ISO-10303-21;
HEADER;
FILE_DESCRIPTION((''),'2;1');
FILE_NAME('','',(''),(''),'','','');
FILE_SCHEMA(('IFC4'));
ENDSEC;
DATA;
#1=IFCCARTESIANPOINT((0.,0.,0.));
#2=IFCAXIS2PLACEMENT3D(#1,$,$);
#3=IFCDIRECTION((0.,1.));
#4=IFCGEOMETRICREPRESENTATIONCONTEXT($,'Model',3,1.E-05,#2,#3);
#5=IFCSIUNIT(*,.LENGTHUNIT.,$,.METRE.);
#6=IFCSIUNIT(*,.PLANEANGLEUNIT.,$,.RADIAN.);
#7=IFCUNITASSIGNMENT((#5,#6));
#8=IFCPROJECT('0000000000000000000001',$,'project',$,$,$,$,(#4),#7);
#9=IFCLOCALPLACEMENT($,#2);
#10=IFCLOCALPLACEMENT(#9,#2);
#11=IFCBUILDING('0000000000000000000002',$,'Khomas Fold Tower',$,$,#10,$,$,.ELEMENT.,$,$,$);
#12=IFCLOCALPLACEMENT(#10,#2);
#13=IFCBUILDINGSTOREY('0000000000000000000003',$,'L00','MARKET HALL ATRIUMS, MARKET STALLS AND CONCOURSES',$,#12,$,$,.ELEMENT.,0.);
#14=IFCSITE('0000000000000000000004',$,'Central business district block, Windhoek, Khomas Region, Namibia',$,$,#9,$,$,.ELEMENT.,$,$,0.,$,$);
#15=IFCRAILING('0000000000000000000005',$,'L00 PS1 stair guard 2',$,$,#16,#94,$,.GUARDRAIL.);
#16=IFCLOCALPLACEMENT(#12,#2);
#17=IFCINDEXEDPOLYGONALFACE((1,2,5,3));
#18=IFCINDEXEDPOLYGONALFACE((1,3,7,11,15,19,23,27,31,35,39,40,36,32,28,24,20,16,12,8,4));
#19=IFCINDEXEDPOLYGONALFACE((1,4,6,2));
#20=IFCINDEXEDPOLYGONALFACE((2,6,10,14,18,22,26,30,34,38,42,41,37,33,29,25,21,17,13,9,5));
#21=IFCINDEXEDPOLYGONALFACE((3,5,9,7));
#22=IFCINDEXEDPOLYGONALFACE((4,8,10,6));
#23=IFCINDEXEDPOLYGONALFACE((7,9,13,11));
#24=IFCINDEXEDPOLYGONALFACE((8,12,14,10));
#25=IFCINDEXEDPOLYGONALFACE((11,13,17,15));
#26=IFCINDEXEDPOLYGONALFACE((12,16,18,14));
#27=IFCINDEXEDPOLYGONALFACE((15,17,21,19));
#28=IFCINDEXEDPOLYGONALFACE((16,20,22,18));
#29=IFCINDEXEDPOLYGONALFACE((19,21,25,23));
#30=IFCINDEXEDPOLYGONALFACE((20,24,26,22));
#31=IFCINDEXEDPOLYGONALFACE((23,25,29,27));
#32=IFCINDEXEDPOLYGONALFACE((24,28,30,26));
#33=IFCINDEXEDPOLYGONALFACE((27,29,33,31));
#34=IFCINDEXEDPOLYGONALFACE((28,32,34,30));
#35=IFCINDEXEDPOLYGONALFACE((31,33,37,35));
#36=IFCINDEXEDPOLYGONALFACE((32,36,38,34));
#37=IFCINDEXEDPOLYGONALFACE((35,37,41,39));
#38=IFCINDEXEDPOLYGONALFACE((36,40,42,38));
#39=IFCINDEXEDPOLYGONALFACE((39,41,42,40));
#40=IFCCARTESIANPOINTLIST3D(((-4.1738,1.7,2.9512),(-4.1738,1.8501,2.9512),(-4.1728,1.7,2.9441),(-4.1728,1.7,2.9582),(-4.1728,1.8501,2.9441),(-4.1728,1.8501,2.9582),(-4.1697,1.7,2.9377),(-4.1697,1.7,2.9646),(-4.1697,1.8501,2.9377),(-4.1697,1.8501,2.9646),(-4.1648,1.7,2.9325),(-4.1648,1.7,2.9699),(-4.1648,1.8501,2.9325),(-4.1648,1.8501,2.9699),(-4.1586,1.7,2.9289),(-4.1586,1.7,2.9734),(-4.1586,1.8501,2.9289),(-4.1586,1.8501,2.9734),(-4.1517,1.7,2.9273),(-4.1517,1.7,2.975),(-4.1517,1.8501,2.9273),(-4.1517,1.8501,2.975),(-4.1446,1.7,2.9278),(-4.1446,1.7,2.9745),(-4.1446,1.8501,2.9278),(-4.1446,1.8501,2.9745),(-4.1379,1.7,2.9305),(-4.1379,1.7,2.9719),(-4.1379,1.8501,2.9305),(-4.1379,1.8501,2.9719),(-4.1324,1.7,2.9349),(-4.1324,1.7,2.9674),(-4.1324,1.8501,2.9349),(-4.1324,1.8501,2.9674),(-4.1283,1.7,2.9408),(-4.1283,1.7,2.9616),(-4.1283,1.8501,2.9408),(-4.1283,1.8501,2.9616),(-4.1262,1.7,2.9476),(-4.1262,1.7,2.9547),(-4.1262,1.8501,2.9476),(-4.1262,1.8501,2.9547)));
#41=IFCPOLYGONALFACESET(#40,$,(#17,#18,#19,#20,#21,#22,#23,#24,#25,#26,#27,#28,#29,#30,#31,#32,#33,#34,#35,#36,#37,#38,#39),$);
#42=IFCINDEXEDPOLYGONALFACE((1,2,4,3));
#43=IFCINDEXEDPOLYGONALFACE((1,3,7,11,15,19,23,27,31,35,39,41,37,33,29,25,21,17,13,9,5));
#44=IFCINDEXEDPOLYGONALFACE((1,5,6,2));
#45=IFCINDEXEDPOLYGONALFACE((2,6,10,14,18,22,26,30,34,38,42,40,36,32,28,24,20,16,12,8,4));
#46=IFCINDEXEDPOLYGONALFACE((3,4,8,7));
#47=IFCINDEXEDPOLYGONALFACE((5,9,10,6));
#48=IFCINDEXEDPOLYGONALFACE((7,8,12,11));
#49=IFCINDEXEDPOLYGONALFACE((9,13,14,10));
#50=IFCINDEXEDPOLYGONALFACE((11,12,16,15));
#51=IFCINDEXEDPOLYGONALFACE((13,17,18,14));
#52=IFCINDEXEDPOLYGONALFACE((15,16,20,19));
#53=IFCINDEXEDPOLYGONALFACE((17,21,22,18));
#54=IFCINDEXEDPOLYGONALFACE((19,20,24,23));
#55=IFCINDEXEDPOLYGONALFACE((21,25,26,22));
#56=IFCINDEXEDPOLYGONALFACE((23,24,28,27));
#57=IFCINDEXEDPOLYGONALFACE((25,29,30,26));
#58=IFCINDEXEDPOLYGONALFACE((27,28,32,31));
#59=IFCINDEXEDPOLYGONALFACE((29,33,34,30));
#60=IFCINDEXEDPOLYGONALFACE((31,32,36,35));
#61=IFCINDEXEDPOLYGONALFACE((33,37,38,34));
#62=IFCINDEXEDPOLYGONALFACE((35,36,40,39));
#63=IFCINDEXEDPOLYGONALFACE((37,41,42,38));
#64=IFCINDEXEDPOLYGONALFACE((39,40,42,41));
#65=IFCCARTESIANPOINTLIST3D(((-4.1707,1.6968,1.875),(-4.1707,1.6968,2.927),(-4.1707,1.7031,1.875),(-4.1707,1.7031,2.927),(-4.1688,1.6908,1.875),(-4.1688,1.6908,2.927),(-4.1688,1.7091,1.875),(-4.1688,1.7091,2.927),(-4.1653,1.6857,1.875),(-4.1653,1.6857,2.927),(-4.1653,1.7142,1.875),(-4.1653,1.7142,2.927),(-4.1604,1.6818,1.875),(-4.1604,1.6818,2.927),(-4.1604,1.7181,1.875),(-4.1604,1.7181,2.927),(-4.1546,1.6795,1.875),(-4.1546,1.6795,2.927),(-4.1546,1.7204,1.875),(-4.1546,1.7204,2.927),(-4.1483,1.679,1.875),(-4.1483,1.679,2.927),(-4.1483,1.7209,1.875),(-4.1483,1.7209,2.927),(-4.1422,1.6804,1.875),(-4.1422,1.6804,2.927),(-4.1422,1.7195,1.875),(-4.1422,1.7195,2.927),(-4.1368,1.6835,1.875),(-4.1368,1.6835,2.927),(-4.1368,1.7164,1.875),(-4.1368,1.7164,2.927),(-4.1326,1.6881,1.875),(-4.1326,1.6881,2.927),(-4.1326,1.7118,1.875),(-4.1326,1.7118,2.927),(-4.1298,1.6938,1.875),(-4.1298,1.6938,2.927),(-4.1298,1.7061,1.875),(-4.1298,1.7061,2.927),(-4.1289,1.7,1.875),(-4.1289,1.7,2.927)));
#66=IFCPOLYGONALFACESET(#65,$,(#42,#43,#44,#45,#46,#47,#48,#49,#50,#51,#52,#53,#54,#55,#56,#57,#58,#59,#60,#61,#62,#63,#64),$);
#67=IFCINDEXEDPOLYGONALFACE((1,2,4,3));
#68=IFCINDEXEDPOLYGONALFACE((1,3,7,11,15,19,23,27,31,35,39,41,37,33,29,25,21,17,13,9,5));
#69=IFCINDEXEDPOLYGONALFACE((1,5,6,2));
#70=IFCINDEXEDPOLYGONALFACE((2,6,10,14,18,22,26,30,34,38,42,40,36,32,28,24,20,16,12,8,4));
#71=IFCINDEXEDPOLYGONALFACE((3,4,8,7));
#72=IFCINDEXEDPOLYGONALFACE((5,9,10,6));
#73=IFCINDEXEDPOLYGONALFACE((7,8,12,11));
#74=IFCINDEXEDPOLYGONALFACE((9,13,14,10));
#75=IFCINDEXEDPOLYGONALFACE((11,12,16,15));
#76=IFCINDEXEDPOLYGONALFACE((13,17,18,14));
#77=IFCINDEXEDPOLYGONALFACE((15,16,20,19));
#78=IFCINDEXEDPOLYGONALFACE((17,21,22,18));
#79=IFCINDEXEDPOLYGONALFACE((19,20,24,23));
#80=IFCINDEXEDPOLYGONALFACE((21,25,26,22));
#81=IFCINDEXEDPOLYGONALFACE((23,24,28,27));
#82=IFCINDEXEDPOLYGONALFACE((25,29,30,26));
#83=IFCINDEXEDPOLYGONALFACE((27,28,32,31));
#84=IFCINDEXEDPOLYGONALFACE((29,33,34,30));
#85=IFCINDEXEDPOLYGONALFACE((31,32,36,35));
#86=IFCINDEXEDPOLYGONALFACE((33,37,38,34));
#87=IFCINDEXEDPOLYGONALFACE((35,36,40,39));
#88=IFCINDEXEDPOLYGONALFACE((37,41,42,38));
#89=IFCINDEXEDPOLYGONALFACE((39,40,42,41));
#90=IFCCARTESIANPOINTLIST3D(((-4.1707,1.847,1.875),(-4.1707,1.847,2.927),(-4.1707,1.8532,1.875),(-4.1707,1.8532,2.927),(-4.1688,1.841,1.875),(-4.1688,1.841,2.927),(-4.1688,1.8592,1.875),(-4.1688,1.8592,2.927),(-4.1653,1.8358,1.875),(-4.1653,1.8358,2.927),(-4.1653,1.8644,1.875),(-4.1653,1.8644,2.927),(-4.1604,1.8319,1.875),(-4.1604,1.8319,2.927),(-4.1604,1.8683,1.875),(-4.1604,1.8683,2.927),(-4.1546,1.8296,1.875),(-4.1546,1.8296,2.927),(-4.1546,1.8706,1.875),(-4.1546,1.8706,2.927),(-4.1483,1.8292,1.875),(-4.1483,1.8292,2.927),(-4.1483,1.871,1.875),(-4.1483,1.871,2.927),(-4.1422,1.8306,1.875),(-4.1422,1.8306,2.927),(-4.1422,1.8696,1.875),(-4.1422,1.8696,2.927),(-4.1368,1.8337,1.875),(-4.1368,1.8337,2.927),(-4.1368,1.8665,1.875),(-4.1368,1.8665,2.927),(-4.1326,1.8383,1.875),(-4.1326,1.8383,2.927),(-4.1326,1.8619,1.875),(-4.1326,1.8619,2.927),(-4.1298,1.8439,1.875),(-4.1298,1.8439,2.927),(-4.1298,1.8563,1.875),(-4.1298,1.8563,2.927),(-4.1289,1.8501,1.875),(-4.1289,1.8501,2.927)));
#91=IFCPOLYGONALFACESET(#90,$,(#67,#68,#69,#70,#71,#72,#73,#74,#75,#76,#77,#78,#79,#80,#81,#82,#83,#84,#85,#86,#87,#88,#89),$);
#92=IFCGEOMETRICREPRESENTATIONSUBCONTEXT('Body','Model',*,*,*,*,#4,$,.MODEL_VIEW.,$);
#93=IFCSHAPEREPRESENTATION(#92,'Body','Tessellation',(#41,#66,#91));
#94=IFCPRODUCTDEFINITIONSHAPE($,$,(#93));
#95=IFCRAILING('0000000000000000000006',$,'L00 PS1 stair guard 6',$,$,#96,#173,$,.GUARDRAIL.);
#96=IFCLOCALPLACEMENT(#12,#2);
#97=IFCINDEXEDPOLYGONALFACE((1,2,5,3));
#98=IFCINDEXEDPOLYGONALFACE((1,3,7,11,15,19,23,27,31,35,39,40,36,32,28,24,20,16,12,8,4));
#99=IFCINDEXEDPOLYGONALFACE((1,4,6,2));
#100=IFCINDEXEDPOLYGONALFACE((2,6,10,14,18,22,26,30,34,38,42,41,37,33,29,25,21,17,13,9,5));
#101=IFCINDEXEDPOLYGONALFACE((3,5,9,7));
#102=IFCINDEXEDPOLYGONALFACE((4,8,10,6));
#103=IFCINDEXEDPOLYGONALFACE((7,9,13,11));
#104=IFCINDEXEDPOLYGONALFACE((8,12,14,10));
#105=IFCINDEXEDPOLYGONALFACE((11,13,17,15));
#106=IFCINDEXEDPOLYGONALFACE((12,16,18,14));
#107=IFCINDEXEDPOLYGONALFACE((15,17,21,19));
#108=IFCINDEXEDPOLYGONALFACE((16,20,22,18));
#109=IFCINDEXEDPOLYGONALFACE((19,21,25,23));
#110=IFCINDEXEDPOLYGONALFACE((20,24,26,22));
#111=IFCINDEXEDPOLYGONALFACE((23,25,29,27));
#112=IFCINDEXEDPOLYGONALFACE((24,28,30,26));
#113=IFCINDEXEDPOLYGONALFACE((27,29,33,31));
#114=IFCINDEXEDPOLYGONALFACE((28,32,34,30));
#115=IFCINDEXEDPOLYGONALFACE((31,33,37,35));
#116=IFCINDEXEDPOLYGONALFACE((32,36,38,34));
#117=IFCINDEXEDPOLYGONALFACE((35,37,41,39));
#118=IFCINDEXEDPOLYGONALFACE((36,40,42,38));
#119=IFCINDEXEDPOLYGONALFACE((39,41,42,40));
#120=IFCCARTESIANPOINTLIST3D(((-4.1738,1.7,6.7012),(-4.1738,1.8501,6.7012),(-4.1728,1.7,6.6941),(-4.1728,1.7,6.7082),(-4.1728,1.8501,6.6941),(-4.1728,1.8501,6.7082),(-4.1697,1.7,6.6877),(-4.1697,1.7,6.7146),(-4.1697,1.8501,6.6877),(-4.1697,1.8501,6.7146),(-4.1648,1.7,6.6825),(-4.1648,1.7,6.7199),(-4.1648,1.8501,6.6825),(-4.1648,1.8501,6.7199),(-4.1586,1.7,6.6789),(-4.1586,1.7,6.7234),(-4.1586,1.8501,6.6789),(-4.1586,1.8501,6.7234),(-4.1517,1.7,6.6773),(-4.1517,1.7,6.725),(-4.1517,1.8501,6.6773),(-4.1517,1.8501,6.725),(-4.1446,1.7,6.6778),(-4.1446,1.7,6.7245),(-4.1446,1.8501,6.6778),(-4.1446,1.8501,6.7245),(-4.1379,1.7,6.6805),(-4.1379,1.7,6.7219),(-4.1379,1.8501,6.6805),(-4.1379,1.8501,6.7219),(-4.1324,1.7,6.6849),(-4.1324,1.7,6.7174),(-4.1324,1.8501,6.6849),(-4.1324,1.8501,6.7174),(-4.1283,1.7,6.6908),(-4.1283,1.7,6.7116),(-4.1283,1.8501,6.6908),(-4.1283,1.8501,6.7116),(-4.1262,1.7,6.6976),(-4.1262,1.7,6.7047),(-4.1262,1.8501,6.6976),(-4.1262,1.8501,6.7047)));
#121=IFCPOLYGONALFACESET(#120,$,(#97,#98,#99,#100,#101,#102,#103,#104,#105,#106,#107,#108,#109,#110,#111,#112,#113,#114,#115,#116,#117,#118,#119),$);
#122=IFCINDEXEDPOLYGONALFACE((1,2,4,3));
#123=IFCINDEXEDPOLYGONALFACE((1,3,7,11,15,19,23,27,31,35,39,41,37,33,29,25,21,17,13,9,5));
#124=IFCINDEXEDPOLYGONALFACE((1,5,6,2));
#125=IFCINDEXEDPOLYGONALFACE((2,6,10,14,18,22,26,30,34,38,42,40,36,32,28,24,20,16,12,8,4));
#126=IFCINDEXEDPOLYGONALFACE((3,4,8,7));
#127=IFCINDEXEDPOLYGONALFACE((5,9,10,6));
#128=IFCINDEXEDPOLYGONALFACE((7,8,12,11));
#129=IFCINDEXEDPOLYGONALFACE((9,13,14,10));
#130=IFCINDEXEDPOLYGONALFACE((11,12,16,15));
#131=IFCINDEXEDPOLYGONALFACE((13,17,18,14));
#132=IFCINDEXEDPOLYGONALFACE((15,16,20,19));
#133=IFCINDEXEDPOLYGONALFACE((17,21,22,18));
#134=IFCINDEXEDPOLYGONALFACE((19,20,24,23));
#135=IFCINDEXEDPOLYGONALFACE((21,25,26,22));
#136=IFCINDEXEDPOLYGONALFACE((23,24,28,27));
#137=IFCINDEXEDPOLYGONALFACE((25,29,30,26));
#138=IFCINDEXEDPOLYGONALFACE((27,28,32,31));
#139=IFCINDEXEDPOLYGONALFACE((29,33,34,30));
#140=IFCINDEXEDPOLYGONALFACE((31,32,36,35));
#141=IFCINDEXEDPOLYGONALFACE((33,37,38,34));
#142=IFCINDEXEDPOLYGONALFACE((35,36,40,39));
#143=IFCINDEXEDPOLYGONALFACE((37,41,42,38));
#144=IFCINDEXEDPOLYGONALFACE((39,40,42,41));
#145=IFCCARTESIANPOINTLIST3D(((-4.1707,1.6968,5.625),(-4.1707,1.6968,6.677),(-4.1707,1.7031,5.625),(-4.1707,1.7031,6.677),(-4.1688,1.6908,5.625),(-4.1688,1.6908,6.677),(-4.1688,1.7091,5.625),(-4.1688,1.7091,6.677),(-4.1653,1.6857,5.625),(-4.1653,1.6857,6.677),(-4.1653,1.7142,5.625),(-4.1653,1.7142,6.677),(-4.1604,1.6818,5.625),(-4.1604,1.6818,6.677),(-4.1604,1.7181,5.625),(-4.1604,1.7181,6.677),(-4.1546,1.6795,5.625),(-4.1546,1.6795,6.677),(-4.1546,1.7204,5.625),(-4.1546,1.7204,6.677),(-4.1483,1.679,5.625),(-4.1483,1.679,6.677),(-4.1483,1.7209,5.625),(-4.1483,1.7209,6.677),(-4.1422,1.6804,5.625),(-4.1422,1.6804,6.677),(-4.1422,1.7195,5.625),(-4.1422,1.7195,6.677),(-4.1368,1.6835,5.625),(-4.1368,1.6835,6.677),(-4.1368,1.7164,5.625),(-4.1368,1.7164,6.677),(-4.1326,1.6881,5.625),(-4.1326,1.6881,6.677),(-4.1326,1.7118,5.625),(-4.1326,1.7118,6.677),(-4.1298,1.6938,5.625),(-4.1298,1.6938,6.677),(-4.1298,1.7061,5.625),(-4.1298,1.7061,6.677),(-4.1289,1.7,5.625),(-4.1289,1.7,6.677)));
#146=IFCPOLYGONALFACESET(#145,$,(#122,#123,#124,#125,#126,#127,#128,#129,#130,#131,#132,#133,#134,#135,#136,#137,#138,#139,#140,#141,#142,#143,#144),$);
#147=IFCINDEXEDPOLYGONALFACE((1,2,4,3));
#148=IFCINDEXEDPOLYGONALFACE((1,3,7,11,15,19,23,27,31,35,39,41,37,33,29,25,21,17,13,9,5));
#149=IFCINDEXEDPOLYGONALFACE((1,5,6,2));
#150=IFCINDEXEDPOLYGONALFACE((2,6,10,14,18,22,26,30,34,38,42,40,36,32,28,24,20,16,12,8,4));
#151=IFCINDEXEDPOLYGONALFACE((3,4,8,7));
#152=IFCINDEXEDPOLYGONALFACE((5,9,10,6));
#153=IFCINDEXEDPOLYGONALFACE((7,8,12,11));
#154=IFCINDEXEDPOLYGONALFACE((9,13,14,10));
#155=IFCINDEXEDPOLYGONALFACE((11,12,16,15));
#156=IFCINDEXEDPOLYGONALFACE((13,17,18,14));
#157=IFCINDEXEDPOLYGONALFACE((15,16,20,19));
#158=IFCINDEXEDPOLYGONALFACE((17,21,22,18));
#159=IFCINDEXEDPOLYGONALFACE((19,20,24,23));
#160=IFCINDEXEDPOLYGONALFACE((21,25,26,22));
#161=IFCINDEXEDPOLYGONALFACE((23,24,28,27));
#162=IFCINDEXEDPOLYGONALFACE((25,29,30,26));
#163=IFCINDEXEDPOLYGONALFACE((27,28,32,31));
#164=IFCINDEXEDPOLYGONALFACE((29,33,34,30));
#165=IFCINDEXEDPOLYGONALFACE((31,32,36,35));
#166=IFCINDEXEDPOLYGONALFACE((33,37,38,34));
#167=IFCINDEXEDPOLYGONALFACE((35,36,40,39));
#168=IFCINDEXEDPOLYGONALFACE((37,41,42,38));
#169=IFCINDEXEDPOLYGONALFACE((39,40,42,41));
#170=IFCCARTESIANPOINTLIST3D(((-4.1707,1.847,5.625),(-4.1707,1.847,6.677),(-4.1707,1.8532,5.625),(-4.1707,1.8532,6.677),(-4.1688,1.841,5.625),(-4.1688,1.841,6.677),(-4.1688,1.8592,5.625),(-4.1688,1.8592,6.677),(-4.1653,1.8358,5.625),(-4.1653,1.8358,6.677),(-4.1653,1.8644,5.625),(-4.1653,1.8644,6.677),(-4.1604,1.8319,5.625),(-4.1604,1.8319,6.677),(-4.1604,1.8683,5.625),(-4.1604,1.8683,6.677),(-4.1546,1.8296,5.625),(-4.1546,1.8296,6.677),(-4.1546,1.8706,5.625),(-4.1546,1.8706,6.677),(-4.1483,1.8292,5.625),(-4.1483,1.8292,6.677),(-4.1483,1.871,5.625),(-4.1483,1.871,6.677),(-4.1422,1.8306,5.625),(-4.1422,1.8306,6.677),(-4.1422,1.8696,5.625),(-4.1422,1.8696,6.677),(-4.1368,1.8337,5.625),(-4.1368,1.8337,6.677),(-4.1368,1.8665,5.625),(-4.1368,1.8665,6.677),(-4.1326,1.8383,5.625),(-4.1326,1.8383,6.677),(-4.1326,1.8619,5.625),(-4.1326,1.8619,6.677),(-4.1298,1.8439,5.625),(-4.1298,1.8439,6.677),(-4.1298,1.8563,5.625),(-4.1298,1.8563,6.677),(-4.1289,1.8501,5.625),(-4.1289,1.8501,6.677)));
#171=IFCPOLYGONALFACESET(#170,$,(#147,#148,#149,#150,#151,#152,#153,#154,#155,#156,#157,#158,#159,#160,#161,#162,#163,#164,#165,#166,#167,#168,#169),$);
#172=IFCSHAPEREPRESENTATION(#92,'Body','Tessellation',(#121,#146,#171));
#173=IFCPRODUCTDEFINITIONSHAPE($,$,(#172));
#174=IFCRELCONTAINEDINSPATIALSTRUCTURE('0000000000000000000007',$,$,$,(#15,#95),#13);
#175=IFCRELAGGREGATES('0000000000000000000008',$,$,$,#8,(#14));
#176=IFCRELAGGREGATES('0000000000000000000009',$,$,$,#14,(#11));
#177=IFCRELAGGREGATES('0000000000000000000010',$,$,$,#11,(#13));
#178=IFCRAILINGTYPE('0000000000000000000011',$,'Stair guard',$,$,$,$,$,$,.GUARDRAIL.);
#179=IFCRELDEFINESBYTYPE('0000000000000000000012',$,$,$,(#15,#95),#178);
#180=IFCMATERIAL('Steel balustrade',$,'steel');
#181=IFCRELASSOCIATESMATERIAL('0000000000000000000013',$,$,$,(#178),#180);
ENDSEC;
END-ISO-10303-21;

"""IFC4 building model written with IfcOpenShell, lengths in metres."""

from ifc_helpers import new_model, si_unit, direction, frame, origin, origin_2d, place, context, subcontext, project, spatial, circle, extrude, source, transform, mapped, material, type_object, element, save


model = new_model("IFC4")

# Units and contexts
model_context = context("Model", 3, precision=1e-05, world=origin(), true_north=direction((0.0, 1.0)))
body_context = subcontext(model_context, "Body", "Model", "MODEL_VIEW")
ifc_project = project(units=[si_unit("LENGTHUNIT", "METRE"), si_unit("PLANEANGLEUNIT", "RADIAN")], contexts=[model_context])

# Site, building, storey
site_placement = place(None, origin())
site = spatial("IfcSite", under=ifc_project, at=site_placement, Name="Central business district block, Windhoek, Khomas Region, Namibia", CompositionType="ELEMENT", RefElevation=0.0)
building_placement = place(site_placement, origin())
building = spatial("IfcBuilding", under=site, at=building_placement, Name="Khomas Fold Tower", CompositionType="ELEMENT")
storey_placement = place(building_placement, origin())
storey = spatial("IfcBuildingStorey", under=building, at=storey_placement, Name="L00", Description="MARKET HALL ATRIUMS, MARKET STALLS AND CONCOURSES", CompositionType="ELEMENT", Elevation=0.0)

# Railings
ifc_material_1 = material(Name="Steel balustrade", Category="steel")
railing_type_1 = type_object("IfcRailingType", Name="Stair guard", PredefinedType="GUARDRAIL", material=ifc_material_1)
shared_shape_1 = source(origin(), body_context, "Body", "SweptSolid", [
    extrude(circle(Radius=0.0239, at=origin_2d()), frame((0.0, 0.0, 1.0762), z_axis=(0.0, 1.0, 0.0), x_axis=(-1.0, 0.0, 0.0)), (0.0, 0.0, 1.0), 0.1501),
    extrude(circle(Radius=0.021, at=origin_2d()), origin(), (0.0, 0.0, 1.0), 1.052),
    extrude(circle(Radius=0.021, at=origin_2d()), frame((0.0, 0.1501, 0.0)), (0.0, 0.0, 1.0), 1.052),
])
for number, where, name in (
    (1, (-4.1499, 1.7, 1.875), "L00 PS1 stair guard 2"),
    (2, (-4.1499, 1.7, 5.625), "L00 PS1 stair guard 6"),
):
    element("IfcRailing", number, at=place(storey_placement, frame(where)), inside=storey, type_object=railing_type_1, Name=name, PredefinedType="GUARDRAIL", context=body_context, shape_type="MappedRepresentation", body=[
        mapped(shared_shape_1, transform((0.0, 0.0, 0.0))),
    ])

save(model, "model.ifc")
